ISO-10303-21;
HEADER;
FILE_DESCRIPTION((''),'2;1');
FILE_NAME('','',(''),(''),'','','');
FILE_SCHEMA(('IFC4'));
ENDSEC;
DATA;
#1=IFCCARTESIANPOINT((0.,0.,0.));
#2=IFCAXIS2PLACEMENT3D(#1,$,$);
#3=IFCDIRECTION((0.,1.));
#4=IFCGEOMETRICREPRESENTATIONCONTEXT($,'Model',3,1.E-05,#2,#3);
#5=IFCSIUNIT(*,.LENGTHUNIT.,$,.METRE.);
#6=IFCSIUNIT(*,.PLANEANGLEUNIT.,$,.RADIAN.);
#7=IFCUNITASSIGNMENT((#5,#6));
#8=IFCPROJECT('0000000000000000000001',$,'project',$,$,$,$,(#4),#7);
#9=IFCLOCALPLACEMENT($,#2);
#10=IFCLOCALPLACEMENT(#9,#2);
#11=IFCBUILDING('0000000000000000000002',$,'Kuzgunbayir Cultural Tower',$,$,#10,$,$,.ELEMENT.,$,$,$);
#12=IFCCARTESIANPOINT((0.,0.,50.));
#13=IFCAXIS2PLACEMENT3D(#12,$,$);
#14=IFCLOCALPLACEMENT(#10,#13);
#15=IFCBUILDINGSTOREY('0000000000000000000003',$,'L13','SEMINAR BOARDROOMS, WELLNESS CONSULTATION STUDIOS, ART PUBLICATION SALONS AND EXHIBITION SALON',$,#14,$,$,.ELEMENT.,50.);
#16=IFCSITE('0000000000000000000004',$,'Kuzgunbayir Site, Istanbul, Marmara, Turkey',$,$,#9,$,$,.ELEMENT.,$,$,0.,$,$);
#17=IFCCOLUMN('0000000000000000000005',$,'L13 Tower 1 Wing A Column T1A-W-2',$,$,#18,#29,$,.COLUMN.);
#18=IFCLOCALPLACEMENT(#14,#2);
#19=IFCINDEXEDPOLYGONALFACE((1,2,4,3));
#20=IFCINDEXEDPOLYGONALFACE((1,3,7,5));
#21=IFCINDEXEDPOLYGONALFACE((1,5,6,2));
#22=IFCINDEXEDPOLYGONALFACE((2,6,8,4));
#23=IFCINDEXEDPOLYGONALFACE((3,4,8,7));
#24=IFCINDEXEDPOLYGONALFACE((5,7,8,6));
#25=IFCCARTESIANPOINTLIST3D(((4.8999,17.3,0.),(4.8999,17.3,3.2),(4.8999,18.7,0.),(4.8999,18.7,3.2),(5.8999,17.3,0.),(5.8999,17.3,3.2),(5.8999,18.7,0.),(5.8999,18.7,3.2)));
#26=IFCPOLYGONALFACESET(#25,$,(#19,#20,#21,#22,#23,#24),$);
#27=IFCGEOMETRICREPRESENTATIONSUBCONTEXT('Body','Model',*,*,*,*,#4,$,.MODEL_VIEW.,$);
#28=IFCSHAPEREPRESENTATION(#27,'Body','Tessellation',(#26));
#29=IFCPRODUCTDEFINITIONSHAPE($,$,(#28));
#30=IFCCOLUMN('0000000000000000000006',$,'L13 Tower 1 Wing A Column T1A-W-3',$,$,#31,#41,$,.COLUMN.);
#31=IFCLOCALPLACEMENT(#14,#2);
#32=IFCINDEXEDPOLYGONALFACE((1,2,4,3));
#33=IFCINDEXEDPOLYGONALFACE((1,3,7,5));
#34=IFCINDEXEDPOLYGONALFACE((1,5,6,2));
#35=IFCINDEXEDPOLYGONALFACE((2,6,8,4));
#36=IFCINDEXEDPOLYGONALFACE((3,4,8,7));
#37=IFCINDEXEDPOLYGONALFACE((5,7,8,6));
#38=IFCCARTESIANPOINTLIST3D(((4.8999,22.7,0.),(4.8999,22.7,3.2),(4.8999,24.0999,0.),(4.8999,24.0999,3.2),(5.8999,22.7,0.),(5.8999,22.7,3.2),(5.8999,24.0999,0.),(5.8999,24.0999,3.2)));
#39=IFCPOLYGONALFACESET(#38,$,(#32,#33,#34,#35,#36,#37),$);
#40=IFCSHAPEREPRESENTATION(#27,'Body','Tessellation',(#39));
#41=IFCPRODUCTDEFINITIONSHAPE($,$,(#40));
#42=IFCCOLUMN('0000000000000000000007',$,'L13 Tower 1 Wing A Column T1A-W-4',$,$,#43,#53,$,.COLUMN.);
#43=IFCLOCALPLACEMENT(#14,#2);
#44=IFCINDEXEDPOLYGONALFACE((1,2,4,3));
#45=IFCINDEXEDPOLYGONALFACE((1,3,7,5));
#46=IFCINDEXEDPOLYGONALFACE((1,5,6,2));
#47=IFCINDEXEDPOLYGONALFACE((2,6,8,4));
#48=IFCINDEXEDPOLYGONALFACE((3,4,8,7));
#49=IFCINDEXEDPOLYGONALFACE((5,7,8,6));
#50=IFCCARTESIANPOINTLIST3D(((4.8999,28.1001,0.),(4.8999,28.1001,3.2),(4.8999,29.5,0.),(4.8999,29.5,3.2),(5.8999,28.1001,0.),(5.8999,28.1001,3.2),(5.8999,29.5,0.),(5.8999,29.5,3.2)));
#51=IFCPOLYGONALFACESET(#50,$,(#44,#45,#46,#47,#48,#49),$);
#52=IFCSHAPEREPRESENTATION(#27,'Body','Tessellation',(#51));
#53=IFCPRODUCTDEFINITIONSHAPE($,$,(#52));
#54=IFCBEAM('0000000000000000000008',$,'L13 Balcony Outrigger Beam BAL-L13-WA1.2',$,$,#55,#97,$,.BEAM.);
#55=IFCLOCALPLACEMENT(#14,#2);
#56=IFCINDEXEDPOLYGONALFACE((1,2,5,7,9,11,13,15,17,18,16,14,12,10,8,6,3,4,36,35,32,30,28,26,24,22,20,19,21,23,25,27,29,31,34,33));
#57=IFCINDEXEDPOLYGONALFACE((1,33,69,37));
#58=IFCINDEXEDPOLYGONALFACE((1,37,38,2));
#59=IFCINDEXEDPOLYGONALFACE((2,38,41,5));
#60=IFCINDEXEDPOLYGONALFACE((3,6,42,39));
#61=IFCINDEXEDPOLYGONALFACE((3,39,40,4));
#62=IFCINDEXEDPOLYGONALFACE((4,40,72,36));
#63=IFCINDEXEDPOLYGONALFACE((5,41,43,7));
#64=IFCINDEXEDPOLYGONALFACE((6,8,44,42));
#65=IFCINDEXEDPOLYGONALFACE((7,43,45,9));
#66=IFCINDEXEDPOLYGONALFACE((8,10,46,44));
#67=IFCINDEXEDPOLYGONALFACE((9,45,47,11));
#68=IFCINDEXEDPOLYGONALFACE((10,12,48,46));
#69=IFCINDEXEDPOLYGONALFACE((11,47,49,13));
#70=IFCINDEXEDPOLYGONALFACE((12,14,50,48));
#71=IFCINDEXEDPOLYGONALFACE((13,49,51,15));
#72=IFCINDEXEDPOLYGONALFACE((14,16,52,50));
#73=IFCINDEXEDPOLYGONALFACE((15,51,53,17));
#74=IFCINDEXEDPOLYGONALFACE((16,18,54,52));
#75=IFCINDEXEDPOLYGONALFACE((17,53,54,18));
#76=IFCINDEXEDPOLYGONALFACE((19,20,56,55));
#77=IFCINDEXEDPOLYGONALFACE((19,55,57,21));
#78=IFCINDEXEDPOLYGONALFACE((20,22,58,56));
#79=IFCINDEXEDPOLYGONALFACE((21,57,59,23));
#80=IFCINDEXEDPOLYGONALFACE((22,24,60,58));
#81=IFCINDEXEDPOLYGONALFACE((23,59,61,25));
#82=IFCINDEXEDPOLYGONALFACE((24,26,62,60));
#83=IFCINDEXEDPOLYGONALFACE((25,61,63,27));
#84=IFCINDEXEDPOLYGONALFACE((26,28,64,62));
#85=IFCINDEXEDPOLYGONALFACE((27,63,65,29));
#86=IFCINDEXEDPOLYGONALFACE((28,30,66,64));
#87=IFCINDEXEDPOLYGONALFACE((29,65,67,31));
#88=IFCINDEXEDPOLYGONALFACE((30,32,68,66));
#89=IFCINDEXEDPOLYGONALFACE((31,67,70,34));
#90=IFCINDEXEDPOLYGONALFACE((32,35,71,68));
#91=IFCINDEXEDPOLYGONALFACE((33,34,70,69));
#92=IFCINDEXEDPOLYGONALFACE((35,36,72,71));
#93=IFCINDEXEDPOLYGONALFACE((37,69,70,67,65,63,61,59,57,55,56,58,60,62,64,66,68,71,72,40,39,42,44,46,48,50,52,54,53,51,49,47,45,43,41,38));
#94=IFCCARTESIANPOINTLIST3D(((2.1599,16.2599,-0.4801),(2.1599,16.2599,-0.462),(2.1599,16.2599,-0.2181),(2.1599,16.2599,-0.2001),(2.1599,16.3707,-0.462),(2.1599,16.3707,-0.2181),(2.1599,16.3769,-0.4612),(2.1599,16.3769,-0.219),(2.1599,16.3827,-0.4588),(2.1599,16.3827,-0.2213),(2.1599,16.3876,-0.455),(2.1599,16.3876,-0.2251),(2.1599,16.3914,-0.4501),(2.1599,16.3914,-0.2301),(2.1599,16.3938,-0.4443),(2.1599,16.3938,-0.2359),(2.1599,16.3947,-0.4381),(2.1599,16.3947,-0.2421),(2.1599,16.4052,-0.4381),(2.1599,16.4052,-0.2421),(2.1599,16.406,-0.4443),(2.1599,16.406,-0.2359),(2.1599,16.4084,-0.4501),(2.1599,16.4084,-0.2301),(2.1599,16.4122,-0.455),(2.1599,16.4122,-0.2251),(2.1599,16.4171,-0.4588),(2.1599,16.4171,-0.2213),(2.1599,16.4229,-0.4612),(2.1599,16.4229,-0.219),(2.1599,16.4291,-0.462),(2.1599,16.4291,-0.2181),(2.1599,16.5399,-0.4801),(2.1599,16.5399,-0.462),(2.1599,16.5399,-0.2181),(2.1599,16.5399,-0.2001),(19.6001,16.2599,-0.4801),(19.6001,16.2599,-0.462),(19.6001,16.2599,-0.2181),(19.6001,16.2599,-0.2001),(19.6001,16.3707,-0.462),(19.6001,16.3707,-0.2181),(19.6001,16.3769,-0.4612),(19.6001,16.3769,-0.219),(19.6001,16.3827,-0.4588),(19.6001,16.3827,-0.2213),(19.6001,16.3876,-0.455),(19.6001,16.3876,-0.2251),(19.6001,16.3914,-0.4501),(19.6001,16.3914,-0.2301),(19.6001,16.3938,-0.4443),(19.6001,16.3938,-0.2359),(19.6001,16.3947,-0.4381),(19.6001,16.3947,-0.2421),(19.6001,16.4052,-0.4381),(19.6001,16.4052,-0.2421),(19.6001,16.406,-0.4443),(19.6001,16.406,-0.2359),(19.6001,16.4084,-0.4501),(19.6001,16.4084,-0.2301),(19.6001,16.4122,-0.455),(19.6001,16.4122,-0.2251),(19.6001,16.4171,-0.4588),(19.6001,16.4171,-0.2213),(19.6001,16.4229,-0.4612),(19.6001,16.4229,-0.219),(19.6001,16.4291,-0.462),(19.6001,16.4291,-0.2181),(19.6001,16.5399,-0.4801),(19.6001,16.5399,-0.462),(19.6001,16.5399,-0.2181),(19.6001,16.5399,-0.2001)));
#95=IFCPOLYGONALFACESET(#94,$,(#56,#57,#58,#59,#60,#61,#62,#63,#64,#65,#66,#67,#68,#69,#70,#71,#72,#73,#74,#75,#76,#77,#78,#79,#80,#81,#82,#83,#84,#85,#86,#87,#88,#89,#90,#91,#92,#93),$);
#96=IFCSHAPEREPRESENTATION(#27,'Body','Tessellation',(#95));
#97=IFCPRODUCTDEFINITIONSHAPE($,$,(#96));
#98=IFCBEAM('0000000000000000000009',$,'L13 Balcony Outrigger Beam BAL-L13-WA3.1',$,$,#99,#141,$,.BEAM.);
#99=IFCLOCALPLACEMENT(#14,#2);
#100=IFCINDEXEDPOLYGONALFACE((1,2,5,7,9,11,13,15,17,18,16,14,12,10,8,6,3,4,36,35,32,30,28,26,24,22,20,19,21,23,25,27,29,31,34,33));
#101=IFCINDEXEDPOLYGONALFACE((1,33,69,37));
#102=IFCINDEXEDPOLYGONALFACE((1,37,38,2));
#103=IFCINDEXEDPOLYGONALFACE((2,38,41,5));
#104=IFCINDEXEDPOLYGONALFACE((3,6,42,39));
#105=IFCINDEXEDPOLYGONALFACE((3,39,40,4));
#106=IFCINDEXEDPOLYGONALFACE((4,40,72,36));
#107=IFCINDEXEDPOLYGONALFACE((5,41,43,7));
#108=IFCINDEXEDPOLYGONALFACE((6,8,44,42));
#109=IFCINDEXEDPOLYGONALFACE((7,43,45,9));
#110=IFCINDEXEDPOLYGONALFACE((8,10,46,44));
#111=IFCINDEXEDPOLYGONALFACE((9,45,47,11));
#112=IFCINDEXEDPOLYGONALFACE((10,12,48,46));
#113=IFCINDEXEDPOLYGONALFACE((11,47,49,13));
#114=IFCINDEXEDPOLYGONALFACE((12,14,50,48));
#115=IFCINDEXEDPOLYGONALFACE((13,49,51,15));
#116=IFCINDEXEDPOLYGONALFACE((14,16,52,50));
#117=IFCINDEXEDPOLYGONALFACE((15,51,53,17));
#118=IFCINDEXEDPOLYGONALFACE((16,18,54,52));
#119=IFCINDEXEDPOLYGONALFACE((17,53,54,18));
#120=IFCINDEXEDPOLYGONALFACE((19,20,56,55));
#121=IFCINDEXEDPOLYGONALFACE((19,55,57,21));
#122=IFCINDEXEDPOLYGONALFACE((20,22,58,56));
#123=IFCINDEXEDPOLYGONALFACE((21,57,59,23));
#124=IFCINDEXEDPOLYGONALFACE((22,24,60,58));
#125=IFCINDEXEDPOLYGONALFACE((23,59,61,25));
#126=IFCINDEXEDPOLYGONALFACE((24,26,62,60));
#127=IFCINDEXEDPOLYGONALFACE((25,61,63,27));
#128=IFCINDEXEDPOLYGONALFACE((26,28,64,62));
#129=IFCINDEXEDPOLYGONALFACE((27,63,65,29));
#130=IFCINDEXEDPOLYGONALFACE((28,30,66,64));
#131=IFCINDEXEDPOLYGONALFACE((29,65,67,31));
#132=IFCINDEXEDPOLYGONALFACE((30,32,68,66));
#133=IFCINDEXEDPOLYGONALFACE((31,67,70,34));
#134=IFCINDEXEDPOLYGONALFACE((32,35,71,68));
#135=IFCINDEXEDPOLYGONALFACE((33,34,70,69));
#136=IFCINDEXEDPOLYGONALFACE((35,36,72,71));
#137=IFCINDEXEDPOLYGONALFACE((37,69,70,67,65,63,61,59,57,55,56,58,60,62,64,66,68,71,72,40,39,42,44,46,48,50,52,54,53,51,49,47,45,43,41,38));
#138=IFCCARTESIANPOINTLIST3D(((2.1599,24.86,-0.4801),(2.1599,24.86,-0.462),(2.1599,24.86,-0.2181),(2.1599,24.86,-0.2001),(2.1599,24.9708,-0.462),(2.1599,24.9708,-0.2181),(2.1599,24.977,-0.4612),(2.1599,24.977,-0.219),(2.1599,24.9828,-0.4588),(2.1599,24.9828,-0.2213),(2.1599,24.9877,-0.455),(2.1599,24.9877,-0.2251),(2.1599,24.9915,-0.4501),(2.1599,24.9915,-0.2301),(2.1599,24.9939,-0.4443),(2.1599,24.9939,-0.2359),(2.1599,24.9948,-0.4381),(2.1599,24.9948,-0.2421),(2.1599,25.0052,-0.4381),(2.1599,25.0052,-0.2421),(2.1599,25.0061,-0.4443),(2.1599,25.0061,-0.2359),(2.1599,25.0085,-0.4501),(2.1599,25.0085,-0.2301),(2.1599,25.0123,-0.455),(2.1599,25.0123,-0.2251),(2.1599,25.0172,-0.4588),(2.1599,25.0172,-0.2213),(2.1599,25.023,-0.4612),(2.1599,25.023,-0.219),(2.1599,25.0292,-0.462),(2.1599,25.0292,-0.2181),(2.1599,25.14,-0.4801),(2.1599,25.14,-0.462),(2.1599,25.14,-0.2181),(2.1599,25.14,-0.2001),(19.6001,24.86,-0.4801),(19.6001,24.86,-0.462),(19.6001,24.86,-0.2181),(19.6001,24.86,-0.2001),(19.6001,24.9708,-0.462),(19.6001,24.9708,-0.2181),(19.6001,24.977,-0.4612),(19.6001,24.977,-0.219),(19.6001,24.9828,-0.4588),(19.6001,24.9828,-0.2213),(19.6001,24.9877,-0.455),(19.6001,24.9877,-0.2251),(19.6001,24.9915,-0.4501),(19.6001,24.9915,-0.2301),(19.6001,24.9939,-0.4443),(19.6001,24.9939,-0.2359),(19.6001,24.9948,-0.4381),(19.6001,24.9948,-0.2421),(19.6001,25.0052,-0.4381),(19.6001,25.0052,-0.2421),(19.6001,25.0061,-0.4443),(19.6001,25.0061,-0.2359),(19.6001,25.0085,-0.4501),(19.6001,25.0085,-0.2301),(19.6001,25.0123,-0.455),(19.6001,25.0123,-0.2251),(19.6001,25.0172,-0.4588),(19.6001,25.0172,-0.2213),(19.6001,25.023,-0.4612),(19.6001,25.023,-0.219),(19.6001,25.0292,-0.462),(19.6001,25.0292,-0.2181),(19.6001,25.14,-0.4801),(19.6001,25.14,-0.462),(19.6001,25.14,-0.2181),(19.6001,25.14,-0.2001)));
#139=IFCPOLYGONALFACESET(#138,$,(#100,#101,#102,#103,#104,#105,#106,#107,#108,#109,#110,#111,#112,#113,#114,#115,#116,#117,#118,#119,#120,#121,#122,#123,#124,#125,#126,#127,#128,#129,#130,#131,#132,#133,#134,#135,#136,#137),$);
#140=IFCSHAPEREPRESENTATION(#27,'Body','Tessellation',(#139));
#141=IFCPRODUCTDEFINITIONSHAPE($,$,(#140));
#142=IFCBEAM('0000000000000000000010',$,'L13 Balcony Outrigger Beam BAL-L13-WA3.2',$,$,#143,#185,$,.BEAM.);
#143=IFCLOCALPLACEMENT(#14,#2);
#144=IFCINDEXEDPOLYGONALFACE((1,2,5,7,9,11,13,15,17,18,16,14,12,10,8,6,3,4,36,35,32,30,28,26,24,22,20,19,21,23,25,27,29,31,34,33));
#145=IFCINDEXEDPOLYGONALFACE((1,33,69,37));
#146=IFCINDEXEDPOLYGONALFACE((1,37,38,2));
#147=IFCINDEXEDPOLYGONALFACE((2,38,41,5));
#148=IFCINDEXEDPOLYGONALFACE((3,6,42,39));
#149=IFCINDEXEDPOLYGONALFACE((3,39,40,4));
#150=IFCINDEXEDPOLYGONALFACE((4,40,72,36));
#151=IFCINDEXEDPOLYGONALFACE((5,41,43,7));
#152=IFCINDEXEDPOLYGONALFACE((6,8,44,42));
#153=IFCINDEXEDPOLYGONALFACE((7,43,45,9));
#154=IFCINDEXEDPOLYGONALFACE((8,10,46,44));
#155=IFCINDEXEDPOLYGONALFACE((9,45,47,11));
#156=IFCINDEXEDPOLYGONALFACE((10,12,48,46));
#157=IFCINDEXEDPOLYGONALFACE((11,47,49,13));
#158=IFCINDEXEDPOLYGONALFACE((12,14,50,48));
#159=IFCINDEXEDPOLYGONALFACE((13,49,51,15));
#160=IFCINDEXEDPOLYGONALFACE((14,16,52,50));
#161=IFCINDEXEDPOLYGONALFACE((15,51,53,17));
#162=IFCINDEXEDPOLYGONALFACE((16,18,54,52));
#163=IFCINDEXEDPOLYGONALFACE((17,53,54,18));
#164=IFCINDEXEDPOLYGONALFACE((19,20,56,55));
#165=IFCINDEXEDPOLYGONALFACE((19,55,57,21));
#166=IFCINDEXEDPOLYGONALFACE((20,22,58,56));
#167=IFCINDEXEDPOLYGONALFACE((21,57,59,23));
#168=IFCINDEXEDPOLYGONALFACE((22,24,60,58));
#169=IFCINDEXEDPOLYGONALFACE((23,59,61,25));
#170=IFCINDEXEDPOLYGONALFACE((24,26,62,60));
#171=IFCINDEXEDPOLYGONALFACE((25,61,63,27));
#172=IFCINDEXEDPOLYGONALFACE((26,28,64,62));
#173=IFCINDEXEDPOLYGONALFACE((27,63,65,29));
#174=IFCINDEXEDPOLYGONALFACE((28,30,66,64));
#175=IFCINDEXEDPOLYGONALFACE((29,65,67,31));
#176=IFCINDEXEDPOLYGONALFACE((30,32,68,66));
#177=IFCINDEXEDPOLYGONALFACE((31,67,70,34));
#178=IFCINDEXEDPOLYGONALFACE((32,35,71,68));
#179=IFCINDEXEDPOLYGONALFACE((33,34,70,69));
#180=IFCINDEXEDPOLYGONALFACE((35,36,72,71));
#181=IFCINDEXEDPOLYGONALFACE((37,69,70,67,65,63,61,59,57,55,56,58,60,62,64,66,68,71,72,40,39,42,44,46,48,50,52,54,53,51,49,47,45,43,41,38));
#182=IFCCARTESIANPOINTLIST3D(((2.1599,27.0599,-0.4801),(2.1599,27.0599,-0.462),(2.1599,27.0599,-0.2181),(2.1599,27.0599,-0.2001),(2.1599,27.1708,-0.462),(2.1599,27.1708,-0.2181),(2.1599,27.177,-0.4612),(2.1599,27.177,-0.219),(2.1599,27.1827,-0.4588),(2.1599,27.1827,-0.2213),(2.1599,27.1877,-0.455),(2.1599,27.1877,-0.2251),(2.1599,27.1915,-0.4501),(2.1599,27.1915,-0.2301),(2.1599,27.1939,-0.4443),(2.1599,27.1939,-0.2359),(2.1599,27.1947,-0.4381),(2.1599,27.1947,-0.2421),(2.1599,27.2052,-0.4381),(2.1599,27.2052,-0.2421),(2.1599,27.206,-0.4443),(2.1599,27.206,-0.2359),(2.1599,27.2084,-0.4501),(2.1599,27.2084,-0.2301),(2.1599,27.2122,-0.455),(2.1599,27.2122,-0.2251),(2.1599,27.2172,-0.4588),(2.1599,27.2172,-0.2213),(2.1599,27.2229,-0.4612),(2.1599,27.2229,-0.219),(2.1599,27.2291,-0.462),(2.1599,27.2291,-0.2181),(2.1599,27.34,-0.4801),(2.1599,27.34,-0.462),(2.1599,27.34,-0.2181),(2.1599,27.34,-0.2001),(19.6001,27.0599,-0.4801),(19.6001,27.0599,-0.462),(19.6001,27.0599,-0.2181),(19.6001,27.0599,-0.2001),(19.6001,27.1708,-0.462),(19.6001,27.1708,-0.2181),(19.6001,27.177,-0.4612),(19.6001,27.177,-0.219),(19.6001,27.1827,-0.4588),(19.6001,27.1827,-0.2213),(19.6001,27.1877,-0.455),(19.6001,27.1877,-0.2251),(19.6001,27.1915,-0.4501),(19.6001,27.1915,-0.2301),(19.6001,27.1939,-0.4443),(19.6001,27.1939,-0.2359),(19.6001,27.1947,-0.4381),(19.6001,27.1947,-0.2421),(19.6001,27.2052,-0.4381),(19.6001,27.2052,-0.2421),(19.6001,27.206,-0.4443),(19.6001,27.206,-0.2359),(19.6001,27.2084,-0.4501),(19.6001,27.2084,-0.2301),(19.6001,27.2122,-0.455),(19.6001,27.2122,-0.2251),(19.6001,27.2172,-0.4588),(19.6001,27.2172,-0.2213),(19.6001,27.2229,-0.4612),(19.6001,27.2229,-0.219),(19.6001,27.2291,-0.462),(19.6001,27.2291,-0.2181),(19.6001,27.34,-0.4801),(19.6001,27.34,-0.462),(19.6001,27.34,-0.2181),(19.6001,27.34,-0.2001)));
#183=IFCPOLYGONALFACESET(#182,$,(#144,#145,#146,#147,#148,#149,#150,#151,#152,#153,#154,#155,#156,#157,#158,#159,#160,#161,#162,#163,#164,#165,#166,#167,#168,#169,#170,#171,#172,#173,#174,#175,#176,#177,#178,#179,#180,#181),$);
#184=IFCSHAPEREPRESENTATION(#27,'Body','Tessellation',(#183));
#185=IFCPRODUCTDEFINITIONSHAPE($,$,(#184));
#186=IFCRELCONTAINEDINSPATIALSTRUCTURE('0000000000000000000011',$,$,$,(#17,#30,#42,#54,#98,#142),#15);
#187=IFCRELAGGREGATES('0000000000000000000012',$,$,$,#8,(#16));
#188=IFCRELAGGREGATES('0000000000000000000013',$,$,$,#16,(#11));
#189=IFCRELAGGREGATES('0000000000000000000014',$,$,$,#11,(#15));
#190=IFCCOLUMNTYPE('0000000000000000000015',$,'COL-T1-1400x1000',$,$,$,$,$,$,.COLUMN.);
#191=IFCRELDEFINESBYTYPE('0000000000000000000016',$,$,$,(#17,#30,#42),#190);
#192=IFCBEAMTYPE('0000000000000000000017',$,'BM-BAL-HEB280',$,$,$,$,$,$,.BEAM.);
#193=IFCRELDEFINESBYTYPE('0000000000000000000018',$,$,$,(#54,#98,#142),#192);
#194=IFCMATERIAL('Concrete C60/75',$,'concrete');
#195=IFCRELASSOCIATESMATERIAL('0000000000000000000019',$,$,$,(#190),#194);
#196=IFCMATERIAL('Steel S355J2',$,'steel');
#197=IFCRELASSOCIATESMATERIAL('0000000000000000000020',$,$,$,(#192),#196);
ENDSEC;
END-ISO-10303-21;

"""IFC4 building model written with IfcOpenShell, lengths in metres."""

from ifc_helpers import new_model, si_unit, direction, frame, origin, origin_2d, place, context, subcontext, project, spatial, rectangle, i_section, extrude, material, material_profile, profile_set, type_object, element, save


model = new_model("IFC4")

# Units and contexts
model_context = context("Model", 3, precision=1e-05, world=origin(), true_north=direction((0.0, 1.0)))
body_context = subcontext(model_context, "Body", "Model", "MODEL_VIEW")
ifc_project = project(units=[si_unit("LENGTHUNIT", "METRE"), si_unit("PLANEANGLEUNIT", "RADIAN")], contexts=[model_context])

# Site, building, storey
site_placement = place(None, origin())
site = spatial("IfcSite", under=ifc_project, at=site_placement, Name="Kuzgunbayir Site, Istanbul, Marmara, Turkey", CompositionType="ELEMENT", RefElevation=0.0)
building_placement = place(site_placement, origin())
building = spatial("IfcBuilding", under=site, at=building_placement, Name="Kuzgunbayir Cultural Tower", CompositionType="ELEMENT")
storey_placement = place(building_placement, frame((0.0, 0.0, 50.0)))
storey = spatial("IfcBuildingStorey", under=building, at=storey_placement, Name="L13", Description="SEMINAR BOARDROOMS, WELLNESS CONSULTATION STUDIOS, ART PUBLICATION SALONS AND EXHIBITION SALON", CompositionType="ELEMENT", Elevation=50.0)

# Columns
ifc_material_1 = material(Name="Concrete C60/75", Category="concrete")
ifc_material_profile_1 = material_profile(ifc_material_1, rectangle(XDim=1.0, YDim=1.3999, at=origin_2d()), Name="RC 1400x1000")
ifc_profile_set_1 = profile_set([ifc_material_profile_1], Name="Concrete C60/75")
column_type = type_object("IfcColumnType", Name="COL-T1-1400x1000", PredefinedType="COLUMN", material=ifc_profile_set_1)
for number, where, z_axis, x_axis, name in (
    (1, (5.3999, 18.0, 0.0), (0.0, 0.0, 1.0), (1.0, 0.0, 0.0), "L13 Tower 1 Wing A Column T1A-W-2"),
    (2, (5.3999, 23.3999, 0.0), (0.0, 0.0, 1.0), (1.0, 0.0, 0.0), "L13 Tower 1 Wing A Column T1A-W-3"),
    (3, (5.3999, 28.8, 0.0), (0.0, 0.0, 1.0), (1.0, 0.0, 0.0), "L13 Tower 1 Wing A Column T1A-W-4"),
):
    element("IfcColumn", number, at=place(storey_placement, frame(where, z_axis=z_axis, x_axis=x_axis)), inside=storey, type_object=column_type, Name=name, PredefinedType="COLUMN", context=body_context, shape_type="SweptSolid", body=[
        extrude(rectangle(XDim=1.0, YDim=1.3999, at=origin_2d()), origin(), (0.0, 0.0, 1.0), 3.2),
    ])

# Beams
ifc_material_2 = material(Name="Steel S355J2", Category="steel")
ifc_material_profile_2 = material_profile(ifc_material_2, i_section(OverallWidth=0.28, OverallDepth=0.28, WebThickness=0.0105, FlangeThickness=0.0181, FilletRadius=0.0239, at=origin_2d()), Name="HEB 280")
ifc_profile_set_2 = profile_set([ifc_material_profile_2], Name="Steel S355J2")
beam_type_1 = type_object("IfcBeamType", Name="BM-BAL-HEB280", PredefinedType="BEAM", material=ifc_profile_set_2)
for number, where, z_axis, x_axis, name in (
    (4, (2.1599, 16.3999, -0.3401), (1.0, 0.0, 0.0), (0.0, 1.0, 0.0), "L13 Balcony Outrigger Beam BAL-L13-WA1.2"),
    (5, (2.1599, 25.0, -0.3401), (1.0, 0.0, 0.0), (0.0, 1.0, 0.0), "L13 Balcony Outrigger Beam BAL-L13-WA3.1"),
    (6, (2.1599, 27.2, -0.3401), (1.0, 0.0, 0.0), (0.0, 1.0, 0.0), "L13 Balcony Outrigger Beam BAL-L13-WA3.2"),
):
    element("IfcBeam", number, at=place(storey_placement, frame(where, z_axis=z_axis, x_axis=x_axis)), inside=storey, type_object=beam_type_1, Name=name, PredefinedType="BEAM", context=body_context, shape_type="SweptSolid", body=[
        extrude(i_section(OverallWidth=0.28, OverallDepth=0.28, WebThickness=0.0105, FlangeThickness=0.0181, FilletRadius=0.0239, at=origin_2d()), origin(), (0.0, 0.0, 1.0), 17.4402),
    ])

save(model, "model.ifc")
